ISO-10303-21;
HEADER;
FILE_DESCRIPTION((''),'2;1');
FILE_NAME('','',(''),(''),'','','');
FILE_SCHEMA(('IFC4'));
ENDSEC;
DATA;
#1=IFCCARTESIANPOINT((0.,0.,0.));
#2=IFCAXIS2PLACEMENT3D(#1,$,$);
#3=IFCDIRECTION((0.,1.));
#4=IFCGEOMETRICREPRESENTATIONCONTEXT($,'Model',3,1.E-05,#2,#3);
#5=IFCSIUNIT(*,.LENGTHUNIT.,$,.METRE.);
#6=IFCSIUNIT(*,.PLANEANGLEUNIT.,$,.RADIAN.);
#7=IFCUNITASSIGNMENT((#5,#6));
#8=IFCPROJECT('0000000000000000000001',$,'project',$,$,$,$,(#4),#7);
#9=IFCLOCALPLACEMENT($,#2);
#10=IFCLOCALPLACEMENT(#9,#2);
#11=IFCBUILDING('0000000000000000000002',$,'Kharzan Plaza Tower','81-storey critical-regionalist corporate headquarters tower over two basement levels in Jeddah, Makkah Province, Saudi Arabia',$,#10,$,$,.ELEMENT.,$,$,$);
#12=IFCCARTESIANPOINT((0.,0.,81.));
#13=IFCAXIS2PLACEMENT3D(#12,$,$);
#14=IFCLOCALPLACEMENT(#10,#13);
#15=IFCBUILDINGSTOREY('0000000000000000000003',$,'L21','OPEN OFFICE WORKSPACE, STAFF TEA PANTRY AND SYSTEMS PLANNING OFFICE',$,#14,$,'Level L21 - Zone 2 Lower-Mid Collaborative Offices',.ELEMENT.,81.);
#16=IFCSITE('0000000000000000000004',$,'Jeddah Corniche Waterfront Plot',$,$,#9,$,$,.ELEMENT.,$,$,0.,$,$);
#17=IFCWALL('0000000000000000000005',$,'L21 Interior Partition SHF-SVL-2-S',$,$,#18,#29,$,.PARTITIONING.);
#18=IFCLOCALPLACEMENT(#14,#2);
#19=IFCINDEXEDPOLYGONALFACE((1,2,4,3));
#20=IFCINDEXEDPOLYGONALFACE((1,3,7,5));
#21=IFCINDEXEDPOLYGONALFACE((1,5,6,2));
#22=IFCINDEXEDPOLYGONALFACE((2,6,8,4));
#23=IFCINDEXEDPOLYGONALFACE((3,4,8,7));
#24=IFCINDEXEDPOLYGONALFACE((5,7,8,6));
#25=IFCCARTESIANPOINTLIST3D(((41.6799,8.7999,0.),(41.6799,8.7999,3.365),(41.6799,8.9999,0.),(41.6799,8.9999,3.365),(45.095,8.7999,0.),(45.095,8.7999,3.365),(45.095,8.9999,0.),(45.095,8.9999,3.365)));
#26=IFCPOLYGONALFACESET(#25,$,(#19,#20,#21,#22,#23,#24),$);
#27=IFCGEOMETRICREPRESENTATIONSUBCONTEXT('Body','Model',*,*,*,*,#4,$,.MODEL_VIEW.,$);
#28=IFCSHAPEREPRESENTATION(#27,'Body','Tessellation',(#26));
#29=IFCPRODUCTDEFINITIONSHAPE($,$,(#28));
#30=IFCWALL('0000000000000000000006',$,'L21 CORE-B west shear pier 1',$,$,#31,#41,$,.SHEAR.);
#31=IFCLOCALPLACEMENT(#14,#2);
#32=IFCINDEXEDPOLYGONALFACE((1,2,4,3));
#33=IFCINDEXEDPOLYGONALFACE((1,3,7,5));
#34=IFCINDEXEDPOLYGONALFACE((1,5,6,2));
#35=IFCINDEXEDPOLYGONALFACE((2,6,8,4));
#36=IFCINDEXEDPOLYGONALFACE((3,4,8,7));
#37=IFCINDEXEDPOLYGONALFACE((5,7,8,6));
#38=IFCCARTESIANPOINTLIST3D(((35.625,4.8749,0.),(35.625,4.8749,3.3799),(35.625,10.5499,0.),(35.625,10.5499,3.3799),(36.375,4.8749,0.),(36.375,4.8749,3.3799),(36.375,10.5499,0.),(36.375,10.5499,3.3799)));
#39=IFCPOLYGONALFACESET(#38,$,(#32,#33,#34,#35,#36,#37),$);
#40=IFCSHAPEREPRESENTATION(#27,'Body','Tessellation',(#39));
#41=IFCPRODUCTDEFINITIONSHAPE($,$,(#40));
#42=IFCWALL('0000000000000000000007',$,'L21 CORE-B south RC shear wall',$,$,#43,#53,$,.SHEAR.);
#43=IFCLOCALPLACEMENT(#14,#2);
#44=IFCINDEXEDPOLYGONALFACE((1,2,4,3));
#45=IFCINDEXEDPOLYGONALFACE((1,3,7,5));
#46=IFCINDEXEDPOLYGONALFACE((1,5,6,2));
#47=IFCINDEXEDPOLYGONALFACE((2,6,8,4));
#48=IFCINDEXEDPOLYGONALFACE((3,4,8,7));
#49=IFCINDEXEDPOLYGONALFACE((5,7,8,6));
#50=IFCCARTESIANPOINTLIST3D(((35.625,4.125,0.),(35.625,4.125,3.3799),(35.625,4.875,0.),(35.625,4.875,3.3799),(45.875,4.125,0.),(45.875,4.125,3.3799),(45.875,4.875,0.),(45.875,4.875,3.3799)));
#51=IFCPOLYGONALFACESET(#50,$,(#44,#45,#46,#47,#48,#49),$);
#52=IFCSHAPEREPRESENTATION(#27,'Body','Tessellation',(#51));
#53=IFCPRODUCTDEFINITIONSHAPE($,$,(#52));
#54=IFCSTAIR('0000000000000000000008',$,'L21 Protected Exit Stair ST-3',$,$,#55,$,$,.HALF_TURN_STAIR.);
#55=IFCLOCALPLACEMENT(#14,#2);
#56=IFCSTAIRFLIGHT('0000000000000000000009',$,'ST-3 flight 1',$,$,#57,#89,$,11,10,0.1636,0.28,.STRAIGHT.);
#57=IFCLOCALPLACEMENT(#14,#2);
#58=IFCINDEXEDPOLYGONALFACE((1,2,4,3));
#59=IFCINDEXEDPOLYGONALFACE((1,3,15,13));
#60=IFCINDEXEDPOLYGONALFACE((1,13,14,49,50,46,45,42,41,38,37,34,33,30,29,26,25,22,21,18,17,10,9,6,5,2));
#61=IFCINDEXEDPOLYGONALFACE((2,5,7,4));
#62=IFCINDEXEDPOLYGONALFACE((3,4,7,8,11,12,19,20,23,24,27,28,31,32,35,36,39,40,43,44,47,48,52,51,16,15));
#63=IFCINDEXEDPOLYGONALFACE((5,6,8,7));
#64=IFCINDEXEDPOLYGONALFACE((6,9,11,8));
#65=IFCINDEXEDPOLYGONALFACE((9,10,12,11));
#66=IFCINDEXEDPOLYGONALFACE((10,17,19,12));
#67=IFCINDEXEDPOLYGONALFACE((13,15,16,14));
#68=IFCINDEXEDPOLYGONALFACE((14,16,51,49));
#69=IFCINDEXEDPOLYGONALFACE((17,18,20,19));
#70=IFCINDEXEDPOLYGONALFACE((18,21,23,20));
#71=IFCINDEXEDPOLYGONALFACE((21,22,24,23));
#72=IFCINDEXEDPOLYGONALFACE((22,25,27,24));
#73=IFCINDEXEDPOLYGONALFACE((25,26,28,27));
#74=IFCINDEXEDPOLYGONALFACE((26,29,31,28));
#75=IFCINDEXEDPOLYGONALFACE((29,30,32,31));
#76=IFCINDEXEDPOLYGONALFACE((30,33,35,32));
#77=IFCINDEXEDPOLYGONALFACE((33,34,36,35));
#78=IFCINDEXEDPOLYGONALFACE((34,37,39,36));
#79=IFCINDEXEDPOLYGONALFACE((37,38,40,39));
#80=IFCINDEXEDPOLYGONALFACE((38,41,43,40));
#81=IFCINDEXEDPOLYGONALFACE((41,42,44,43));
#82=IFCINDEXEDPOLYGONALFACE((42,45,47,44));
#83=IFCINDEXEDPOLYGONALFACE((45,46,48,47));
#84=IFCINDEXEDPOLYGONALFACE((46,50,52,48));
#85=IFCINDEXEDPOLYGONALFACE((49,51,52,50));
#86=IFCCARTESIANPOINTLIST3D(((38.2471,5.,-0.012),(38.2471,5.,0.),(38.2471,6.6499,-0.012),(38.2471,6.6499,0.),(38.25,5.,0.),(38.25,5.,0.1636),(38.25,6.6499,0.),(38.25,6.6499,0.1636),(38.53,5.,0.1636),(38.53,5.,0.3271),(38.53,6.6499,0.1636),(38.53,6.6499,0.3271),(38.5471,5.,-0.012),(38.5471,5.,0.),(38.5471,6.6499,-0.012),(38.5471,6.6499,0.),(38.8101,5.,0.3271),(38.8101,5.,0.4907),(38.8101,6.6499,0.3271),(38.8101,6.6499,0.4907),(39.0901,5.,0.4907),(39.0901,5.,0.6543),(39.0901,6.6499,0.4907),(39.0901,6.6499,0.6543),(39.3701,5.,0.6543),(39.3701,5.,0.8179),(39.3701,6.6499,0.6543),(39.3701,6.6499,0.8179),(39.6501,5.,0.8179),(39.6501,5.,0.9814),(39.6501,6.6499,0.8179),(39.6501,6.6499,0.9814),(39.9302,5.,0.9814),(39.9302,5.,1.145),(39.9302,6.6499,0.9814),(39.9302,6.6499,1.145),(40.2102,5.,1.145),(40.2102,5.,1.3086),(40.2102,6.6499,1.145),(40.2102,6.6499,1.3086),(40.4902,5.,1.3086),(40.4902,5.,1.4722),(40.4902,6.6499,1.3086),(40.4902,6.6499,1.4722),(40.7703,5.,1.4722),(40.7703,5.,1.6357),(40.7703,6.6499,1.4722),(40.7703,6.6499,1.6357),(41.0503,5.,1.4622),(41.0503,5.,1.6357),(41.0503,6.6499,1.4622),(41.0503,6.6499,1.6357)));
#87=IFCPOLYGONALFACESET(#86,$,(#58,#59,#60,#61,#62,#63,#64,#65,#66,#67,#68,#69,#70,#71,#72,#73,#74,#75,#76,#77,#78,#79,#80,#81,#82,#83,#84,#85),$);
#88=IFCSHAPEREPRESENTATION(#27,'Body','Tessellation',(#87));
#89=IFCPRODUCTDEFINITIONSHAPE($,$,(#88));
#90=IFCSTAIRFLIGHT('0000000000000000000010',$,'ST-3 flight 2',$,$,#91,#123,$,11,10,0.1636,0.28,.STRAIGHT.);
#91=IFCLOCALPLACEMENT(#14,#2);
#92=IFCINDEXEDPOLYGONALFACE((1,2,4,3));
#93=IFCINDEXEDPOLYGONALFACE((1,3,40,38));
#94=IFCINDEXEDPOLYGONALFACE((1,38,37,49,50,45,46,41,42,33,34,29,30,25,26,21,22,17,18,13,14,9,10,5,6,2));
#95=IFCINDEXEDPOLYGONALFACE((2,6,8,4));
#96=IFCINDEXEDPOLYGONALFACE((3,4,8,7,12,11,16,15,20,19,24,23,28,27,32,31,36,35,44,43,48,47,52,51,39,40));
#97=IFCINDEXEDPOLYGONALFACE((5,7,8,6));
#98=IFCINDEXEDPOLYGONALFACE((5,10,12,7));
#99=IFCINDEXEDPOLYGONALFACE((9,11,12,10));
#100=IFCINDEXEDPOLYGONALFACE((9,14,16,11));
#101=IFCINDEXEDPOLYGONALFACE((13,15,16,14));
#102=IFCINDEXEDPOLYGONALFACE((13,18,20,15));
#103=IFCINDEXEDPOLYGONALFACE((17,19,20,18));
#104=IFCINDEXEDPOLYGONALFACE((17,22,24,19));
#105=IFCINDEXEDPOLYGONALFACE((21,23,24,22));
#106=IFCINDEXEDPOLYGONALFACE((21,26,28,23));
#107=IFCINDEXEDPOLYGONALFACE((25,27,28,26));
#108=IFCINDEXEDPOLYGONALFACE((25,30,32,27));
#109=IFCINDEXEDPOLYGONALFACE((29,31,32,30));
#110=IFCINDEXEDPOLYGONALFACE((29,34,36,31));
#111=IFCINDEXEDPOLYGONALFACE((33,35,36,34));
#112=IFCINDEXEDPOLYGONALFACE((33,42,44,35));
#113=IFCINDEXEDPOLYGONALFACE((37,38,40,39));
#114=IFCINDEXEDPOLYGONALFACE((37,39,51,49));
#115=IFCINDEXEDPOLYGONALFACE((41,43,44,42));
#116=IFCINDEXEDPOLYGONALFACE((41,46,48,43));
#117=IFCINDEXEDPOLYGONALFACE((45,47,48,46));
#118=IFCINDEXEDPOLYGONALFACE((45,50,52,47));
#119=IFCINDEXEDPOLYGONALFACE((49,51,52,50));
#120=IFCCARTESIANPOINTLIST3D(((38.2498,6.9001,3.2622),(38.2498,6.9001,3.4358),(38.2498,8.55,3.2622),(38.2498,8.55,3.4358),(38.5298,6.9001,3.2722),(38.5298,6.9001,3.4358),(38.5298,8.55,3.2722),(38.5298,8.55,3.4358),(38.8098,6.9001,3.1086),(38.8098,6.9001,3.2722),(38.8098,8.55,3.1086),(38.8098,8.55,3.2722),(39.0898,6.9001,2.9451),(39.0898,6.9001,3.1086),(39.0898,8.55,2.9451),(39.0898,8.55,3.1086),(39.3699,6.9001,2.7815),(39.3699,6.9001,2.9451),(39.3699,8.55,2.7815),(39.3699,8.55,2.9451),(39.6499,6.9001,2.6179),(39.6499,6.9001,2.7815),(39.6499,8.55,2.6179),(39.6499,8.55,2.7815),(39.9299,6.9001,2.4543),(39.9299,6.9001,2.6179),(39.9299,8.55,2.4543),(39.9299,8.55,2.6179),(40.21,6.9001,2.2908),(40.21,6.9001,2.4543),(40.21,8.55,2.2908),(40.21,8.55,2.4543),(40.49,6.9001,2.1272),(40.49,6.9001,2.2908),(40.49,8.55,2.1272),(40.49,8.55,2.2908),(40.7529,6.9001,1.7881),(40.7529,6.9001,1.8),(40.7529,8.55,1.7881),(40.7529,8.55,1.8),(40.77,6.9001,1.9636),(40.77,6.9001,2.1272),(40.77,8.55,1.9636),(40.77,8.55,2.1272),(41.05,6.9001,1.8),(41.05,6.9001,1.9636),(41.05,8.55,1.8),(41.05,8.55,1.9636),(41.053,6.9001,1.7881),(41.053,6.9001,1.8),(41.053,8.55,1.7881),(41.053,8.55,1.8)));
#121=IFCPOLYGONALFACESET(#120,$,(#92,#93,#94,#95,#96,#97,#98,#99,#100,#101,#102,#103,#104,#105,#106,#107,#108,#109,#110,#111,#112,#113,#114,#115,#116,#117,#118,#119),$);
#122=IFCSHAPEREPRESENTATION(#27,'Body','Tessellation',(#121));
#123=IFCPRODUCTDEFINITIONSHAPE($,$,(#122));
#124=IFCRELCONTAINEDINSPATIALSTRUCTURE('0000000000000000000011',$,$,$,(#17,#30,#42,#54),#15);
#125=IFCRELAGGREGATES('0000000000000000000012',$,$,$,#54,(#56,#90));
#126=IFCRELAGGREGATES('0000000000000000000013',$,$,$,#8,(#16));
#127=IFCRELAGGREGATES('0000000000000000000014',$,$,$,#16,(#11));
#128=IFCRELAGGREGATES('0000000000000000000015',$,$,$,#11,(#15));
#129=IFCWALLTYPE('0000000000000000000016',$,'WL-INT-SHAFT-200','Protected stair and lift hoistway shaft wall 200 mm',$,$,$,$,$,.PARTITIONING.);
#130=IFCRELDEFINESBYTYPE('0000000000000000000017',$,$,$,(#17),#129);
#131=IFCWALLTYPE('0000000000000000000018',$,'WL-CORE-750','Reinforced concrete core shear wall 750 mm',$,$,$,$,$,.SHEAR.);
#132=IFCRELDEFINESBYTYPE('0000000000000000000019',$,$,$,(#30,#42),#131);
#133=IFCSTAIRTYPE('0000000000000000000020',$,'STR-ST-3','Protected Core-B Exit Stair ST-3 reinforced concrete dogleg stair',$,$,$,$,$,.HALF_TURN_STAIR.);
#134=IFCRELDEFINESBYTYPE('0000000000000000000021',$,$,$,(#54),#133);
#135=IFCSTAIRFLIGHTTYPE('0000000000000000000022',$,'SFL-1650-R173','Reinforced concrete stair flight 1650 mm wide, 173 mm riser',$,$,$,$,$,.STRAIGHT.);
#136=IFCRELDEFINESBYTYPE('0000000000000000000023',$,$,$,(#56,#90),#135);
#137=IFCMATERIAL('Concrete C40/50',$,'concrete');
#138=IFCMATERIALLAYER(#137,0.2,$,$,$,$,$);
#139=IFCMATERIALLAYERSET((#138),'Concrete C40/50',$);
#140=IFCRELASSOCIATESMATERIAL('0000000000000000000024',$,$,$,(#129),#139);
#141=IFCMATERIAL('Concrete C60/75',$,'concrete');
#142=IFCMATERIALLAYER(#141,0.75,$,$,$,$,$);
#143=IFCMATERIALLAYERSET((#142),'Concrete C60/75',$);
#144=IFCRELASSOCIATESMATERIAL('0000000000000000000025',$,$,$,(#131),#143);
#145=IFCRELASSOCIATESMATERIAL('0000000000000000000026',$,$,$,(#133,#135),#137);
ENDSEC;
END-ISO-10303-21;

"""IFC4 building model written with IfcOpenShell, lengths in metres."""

from ifc_helpers import new_model, si_unit, direction, frame, frame_2d, origin, place, context, subcontext, project, spatial, polyline, rectangle, outline, extrude, source, transform, mapped, material, layer, layer_set, type_object, element, aggregate, save


model = new_model("IFC4")

# Units and contexts
model_context = context("Model", 3, precision=1e-05, world=origin(), true_north=direction((0.0, 1.0)))
body_context = subcontext(model_context, "Body", "Model", "MODEL_VIEW")
ifc_project = project(units=[si_unit("LENGTHUNIT", "METRE"), si_unit("PLANEANGLEUNIT", "RADIAN")], contexts=[model_context])

# Site, building, storey
site_placement = place(None, origin())
site = spatial("IfcSite", under=ifc_project, at=site_placement, Name="Jeddah Corniche Waterfront Plot", CompositionType="ELEMENT", RefElevation=0.0)
building_placement = place(site_placement, origin())
building = spatial("IfcBuilding", under=site, at=building_placement, Name="Kharzan Plaza Tower", Description="81-storey critical-regionalist corporate headquarters tower over two basement levels in Jeddah, Makkah Province, Saudi Arabia", CompositionType="ELEMENT")
storey_placement = place(building_placement, frame((0.0, 0.0, 81.0)))
storey = spatial("IfcBuildingStorey", under=building, at=storey_placement, Name="L21", Description="OPEN OFFICE WORKSPACE, STAFF TEA PANTRY AND SYSTEMS PLANNING OFFICE", LongName="Level L21 - Zone 2 Lower-Mid Collaborative Offices", CompositionType="ELEMENT", Elevation=81.0)

# Shared definitions
ifc_material_1 = material(Name="Concrete C60/75", Category="concrete")

# Shared definitions
ifc_material_2 = material(Name="Concrete C40/50", Category="concrete")

# Shared definitions
ifc_layer_1 = layer(ifc_material_2, 0.2)
ifc_layer_set_1 = layer_set([ifc_layer_1], Name="Concrete C40/50")
wall_type_1 = type_object("IfcWallType", Name="WL-INT-SHAFT-200", Description="Protected stair and lift hoistway shaft wall 200 mm", PredefinedType="PARTITIONING", material=ifc_layer_set_1)

# Walls
shared_shape_1 = source(origin(), body_context, "Body", "SweptSolid", [
    extrude(rectangle(XDim=3.415, YDim=0.2, at=frame_2d((1.7075, 0.0))), origin(), (0.0, 0.0, 1.0), 3.365),
])
wall_1_placement = place(storey_placement, frame((41.6799, 8.8999, 0.0), z_axis=(0.0, 0.0, 1.0), x_axis=(1.0, 0.0, 0.0)))
element("IfcWall", 1, at=wall_1_placement, inside=storey, type_object=wall_type_1, Name="L21 Interior Partition SHF-SVL-2-S", PredefinedType="PARTITIONING", context=body_context, shape_type="MappedRepresentation", body=[
    mapped(shared_shape_1, transform((0.0, 0.0, 0.0), x_axis=(1.0, 0.0, 0.0), y_axis=(0.0, 1.0, 0.0), z_axis=(0.0, 0.0, 1.0))),
])
ifc_layer_2 = layer(ifc_material_1, 0.75)
ifc_layer_set_2 = layer_set([ifc_layer_2], Name="Concrete C60/75")
wall_type_2 = type_object("IfcWallType", Name="WL-CORE-750", Description="Reinforced concrete core shear wall 750 mm", PredefinedType="SHEAR", material=ifc_layer_set_2)
shared_shape_2 = source(origin(), body_context, "Body", "SweptSolid", [
    extrude(rectangle(XDim=5.675, YDim=0.75, at=frame_2d((2.8374, 0.0))), origin(), (0.0, 0.0, 1.0), 3.3799),
])
wall_2_placement = place(storey_placement, frame((36.0, 4.875, 0.0), z_axis=(0.0, 0.0, 1.0), x_axis=(0.0, 1.0, 0.0)))
element("IfcWall", 2, at=wall_2_placement, inside=storey, type_object=wall_type_2, Name="L21 CORE-B west shear pier 1", PredefinedType="SHEAR", context=body_context, shape_type="MappedRepresentation", body=[
    mapped(shared_shape_2, transform((0.0, 0.0, 0.0), x_axis=(1.0, 0.0, 0.0), y_axis=(0.0, 1.0, 0.0), z_axis=(0.0, 0.0, 1.0))),
])
shared_shape_3 = source(origin(), body_context, "Body", "SweptSolid", [
    extrude(rectangle(XDim=10.25, YDim=0.75, at=frame_2d((5.125, 0.0))), origin(), (0.0, 0.0, 1.0), 3.3799),
])
wall_3_placement = place(storey_placement, frame((35.625, 4.5, 0.0), z_axis=(0.0, 0.0, 1.0), x_axis=(1.0, 0.0, 0.0)))
element("IfcWall", 3, at=wall_3_placement, inside=storey, type_object=wall_type_2, Name="L21 CORE-B south RC shear wall", PredefinedType="SHEAR", context=body_context, shape_type="MappedRepresentation", body=[
    mapped(shared_shape_3, transform((0.0, 0.0, 0.0), x_axis=(1.0, 0.0, 0.0), y_axis=(0.0, 1.0, 0.0), z_axis=(0.0, 0.0, 1.0))),
])

# Stair, stair flights
stair_type = type_object("IfcStairType", Name="STR-ST-3", Description="Protected Core-B Exit Stair ST-3 reinforced concrete dogleg stair", PredefinedType="HALF_TURN_STAIR", material=ifc_material_2)
stair_placement = place(storey_placement, origin())
stair = element("IfcStair", 4, at=stair_placement, inside=storey, type_object=stair_type, Name="L21 Protected Exit Stair ST-3", PredefinedType="HALF_TURN_STAIR")
stair_flight_type = type_object("IfcStairFlightType", Name="SFL-1650-R173", Description="Reinforced concrete stair flight 1650 mm wide, 173 mm riser", PredefinedType="STRAIGHT", material=ifc_material_2)
shared_shape_4 = source(origin(), body_context, "Body", "SweptSolid", [
    extrude(outline(polyline([(-0.0029, -0.012), (-0.0029, 0.0), (0.0, 0.0), (0.0, 0.1636), (0.28, 0.1636), (0.28, 0.3271), (0.5601, 0.3271), (0.5601, 0.4907), (0.8401, 0.4907), (0.8401, 0.6543), (1.1201, 0.6543), (1.1201, 0.8179), (1.4001, 0.8179), (1.4001, 0.9814), (1.6802, 0.9814), (1.6802, 1.145), (1.9602, 1.145), (1.9602, 1.3086), (2.2402, 1.3086), (2.2402, 1.4722), (2.5203, 1.4722), (2.5203, 1.6357), (2.8003, 1.6357), (2.8003, 1.7993), (2.8003, 1.4622), (0.2971, 0.0), (0.2971, -0.012), (-0.0029, -0.012)])), frame((0.0, 0.825, 0.0), z_axis=(0.0, -1.0, 0.0), x_axis=(1.0, 0.0, 0.0)), (0.0, 0.0, 1.0), 1.6499),
])
stair_flight_1_placement = place(storey_placement, frame((38.25, 5.825, 0.0), z_axis=(0.0, 0.0, 1.0), x_axis=(1.0, 0.0, 0.0)))
stair_flight_1 = element("IfcStairFlight", 5, at=stair_flight_1_placement, type_object=stair_flight_type, Name="ST-3 flight 1", NumberOfRisers=11, NumberOfTreads=10, PredefinedType="STRAIGHT", RiserHeight=0.1636, TreadLength=0.28, context=body_context, shape_type="MappedRepresentation", body=[
    mapped(shared_shape_4, transform((0.0, 0.0, 0.0), x_axis=(1.0, 0.0, 0.0), y_axis=(0.0, 1.0, 0.0), z_axis=(0.0, 0.0, 1.0))),
])
stair_flight_2_placement = place(storey_placement, frame((41.05, 7.7251, 1.8), z_axis=(0.0, 0.0, 1.0), x_axis=(-1.0, 0.0, 0.0)))
stair_flight_2 = element("IfcStairFlight", 6, at=stair_flight_2_placement, type_object=stair_flight_type, Name="ST-3 flight 2", NumberOfRisers=11, NumberOfTreads=10, PredefinedType="STRAIGHT", RiserHeight=0.1636, TreadLength=0.28, context=body_context, shape_type="MappedRepresentation", body=[
    mapped(shared_shape_4, transform((0.0, 0.0, 0.0), x_axis=(1.0, 0.0, 0.0), y_axis=(0.0, 1.0, 0.0), z_axis=(0.0, 0.0, 1.0))),
])
aggregate(stair, [stair_flight_1, stair_flight_2])

save(model, "model.ifc")
